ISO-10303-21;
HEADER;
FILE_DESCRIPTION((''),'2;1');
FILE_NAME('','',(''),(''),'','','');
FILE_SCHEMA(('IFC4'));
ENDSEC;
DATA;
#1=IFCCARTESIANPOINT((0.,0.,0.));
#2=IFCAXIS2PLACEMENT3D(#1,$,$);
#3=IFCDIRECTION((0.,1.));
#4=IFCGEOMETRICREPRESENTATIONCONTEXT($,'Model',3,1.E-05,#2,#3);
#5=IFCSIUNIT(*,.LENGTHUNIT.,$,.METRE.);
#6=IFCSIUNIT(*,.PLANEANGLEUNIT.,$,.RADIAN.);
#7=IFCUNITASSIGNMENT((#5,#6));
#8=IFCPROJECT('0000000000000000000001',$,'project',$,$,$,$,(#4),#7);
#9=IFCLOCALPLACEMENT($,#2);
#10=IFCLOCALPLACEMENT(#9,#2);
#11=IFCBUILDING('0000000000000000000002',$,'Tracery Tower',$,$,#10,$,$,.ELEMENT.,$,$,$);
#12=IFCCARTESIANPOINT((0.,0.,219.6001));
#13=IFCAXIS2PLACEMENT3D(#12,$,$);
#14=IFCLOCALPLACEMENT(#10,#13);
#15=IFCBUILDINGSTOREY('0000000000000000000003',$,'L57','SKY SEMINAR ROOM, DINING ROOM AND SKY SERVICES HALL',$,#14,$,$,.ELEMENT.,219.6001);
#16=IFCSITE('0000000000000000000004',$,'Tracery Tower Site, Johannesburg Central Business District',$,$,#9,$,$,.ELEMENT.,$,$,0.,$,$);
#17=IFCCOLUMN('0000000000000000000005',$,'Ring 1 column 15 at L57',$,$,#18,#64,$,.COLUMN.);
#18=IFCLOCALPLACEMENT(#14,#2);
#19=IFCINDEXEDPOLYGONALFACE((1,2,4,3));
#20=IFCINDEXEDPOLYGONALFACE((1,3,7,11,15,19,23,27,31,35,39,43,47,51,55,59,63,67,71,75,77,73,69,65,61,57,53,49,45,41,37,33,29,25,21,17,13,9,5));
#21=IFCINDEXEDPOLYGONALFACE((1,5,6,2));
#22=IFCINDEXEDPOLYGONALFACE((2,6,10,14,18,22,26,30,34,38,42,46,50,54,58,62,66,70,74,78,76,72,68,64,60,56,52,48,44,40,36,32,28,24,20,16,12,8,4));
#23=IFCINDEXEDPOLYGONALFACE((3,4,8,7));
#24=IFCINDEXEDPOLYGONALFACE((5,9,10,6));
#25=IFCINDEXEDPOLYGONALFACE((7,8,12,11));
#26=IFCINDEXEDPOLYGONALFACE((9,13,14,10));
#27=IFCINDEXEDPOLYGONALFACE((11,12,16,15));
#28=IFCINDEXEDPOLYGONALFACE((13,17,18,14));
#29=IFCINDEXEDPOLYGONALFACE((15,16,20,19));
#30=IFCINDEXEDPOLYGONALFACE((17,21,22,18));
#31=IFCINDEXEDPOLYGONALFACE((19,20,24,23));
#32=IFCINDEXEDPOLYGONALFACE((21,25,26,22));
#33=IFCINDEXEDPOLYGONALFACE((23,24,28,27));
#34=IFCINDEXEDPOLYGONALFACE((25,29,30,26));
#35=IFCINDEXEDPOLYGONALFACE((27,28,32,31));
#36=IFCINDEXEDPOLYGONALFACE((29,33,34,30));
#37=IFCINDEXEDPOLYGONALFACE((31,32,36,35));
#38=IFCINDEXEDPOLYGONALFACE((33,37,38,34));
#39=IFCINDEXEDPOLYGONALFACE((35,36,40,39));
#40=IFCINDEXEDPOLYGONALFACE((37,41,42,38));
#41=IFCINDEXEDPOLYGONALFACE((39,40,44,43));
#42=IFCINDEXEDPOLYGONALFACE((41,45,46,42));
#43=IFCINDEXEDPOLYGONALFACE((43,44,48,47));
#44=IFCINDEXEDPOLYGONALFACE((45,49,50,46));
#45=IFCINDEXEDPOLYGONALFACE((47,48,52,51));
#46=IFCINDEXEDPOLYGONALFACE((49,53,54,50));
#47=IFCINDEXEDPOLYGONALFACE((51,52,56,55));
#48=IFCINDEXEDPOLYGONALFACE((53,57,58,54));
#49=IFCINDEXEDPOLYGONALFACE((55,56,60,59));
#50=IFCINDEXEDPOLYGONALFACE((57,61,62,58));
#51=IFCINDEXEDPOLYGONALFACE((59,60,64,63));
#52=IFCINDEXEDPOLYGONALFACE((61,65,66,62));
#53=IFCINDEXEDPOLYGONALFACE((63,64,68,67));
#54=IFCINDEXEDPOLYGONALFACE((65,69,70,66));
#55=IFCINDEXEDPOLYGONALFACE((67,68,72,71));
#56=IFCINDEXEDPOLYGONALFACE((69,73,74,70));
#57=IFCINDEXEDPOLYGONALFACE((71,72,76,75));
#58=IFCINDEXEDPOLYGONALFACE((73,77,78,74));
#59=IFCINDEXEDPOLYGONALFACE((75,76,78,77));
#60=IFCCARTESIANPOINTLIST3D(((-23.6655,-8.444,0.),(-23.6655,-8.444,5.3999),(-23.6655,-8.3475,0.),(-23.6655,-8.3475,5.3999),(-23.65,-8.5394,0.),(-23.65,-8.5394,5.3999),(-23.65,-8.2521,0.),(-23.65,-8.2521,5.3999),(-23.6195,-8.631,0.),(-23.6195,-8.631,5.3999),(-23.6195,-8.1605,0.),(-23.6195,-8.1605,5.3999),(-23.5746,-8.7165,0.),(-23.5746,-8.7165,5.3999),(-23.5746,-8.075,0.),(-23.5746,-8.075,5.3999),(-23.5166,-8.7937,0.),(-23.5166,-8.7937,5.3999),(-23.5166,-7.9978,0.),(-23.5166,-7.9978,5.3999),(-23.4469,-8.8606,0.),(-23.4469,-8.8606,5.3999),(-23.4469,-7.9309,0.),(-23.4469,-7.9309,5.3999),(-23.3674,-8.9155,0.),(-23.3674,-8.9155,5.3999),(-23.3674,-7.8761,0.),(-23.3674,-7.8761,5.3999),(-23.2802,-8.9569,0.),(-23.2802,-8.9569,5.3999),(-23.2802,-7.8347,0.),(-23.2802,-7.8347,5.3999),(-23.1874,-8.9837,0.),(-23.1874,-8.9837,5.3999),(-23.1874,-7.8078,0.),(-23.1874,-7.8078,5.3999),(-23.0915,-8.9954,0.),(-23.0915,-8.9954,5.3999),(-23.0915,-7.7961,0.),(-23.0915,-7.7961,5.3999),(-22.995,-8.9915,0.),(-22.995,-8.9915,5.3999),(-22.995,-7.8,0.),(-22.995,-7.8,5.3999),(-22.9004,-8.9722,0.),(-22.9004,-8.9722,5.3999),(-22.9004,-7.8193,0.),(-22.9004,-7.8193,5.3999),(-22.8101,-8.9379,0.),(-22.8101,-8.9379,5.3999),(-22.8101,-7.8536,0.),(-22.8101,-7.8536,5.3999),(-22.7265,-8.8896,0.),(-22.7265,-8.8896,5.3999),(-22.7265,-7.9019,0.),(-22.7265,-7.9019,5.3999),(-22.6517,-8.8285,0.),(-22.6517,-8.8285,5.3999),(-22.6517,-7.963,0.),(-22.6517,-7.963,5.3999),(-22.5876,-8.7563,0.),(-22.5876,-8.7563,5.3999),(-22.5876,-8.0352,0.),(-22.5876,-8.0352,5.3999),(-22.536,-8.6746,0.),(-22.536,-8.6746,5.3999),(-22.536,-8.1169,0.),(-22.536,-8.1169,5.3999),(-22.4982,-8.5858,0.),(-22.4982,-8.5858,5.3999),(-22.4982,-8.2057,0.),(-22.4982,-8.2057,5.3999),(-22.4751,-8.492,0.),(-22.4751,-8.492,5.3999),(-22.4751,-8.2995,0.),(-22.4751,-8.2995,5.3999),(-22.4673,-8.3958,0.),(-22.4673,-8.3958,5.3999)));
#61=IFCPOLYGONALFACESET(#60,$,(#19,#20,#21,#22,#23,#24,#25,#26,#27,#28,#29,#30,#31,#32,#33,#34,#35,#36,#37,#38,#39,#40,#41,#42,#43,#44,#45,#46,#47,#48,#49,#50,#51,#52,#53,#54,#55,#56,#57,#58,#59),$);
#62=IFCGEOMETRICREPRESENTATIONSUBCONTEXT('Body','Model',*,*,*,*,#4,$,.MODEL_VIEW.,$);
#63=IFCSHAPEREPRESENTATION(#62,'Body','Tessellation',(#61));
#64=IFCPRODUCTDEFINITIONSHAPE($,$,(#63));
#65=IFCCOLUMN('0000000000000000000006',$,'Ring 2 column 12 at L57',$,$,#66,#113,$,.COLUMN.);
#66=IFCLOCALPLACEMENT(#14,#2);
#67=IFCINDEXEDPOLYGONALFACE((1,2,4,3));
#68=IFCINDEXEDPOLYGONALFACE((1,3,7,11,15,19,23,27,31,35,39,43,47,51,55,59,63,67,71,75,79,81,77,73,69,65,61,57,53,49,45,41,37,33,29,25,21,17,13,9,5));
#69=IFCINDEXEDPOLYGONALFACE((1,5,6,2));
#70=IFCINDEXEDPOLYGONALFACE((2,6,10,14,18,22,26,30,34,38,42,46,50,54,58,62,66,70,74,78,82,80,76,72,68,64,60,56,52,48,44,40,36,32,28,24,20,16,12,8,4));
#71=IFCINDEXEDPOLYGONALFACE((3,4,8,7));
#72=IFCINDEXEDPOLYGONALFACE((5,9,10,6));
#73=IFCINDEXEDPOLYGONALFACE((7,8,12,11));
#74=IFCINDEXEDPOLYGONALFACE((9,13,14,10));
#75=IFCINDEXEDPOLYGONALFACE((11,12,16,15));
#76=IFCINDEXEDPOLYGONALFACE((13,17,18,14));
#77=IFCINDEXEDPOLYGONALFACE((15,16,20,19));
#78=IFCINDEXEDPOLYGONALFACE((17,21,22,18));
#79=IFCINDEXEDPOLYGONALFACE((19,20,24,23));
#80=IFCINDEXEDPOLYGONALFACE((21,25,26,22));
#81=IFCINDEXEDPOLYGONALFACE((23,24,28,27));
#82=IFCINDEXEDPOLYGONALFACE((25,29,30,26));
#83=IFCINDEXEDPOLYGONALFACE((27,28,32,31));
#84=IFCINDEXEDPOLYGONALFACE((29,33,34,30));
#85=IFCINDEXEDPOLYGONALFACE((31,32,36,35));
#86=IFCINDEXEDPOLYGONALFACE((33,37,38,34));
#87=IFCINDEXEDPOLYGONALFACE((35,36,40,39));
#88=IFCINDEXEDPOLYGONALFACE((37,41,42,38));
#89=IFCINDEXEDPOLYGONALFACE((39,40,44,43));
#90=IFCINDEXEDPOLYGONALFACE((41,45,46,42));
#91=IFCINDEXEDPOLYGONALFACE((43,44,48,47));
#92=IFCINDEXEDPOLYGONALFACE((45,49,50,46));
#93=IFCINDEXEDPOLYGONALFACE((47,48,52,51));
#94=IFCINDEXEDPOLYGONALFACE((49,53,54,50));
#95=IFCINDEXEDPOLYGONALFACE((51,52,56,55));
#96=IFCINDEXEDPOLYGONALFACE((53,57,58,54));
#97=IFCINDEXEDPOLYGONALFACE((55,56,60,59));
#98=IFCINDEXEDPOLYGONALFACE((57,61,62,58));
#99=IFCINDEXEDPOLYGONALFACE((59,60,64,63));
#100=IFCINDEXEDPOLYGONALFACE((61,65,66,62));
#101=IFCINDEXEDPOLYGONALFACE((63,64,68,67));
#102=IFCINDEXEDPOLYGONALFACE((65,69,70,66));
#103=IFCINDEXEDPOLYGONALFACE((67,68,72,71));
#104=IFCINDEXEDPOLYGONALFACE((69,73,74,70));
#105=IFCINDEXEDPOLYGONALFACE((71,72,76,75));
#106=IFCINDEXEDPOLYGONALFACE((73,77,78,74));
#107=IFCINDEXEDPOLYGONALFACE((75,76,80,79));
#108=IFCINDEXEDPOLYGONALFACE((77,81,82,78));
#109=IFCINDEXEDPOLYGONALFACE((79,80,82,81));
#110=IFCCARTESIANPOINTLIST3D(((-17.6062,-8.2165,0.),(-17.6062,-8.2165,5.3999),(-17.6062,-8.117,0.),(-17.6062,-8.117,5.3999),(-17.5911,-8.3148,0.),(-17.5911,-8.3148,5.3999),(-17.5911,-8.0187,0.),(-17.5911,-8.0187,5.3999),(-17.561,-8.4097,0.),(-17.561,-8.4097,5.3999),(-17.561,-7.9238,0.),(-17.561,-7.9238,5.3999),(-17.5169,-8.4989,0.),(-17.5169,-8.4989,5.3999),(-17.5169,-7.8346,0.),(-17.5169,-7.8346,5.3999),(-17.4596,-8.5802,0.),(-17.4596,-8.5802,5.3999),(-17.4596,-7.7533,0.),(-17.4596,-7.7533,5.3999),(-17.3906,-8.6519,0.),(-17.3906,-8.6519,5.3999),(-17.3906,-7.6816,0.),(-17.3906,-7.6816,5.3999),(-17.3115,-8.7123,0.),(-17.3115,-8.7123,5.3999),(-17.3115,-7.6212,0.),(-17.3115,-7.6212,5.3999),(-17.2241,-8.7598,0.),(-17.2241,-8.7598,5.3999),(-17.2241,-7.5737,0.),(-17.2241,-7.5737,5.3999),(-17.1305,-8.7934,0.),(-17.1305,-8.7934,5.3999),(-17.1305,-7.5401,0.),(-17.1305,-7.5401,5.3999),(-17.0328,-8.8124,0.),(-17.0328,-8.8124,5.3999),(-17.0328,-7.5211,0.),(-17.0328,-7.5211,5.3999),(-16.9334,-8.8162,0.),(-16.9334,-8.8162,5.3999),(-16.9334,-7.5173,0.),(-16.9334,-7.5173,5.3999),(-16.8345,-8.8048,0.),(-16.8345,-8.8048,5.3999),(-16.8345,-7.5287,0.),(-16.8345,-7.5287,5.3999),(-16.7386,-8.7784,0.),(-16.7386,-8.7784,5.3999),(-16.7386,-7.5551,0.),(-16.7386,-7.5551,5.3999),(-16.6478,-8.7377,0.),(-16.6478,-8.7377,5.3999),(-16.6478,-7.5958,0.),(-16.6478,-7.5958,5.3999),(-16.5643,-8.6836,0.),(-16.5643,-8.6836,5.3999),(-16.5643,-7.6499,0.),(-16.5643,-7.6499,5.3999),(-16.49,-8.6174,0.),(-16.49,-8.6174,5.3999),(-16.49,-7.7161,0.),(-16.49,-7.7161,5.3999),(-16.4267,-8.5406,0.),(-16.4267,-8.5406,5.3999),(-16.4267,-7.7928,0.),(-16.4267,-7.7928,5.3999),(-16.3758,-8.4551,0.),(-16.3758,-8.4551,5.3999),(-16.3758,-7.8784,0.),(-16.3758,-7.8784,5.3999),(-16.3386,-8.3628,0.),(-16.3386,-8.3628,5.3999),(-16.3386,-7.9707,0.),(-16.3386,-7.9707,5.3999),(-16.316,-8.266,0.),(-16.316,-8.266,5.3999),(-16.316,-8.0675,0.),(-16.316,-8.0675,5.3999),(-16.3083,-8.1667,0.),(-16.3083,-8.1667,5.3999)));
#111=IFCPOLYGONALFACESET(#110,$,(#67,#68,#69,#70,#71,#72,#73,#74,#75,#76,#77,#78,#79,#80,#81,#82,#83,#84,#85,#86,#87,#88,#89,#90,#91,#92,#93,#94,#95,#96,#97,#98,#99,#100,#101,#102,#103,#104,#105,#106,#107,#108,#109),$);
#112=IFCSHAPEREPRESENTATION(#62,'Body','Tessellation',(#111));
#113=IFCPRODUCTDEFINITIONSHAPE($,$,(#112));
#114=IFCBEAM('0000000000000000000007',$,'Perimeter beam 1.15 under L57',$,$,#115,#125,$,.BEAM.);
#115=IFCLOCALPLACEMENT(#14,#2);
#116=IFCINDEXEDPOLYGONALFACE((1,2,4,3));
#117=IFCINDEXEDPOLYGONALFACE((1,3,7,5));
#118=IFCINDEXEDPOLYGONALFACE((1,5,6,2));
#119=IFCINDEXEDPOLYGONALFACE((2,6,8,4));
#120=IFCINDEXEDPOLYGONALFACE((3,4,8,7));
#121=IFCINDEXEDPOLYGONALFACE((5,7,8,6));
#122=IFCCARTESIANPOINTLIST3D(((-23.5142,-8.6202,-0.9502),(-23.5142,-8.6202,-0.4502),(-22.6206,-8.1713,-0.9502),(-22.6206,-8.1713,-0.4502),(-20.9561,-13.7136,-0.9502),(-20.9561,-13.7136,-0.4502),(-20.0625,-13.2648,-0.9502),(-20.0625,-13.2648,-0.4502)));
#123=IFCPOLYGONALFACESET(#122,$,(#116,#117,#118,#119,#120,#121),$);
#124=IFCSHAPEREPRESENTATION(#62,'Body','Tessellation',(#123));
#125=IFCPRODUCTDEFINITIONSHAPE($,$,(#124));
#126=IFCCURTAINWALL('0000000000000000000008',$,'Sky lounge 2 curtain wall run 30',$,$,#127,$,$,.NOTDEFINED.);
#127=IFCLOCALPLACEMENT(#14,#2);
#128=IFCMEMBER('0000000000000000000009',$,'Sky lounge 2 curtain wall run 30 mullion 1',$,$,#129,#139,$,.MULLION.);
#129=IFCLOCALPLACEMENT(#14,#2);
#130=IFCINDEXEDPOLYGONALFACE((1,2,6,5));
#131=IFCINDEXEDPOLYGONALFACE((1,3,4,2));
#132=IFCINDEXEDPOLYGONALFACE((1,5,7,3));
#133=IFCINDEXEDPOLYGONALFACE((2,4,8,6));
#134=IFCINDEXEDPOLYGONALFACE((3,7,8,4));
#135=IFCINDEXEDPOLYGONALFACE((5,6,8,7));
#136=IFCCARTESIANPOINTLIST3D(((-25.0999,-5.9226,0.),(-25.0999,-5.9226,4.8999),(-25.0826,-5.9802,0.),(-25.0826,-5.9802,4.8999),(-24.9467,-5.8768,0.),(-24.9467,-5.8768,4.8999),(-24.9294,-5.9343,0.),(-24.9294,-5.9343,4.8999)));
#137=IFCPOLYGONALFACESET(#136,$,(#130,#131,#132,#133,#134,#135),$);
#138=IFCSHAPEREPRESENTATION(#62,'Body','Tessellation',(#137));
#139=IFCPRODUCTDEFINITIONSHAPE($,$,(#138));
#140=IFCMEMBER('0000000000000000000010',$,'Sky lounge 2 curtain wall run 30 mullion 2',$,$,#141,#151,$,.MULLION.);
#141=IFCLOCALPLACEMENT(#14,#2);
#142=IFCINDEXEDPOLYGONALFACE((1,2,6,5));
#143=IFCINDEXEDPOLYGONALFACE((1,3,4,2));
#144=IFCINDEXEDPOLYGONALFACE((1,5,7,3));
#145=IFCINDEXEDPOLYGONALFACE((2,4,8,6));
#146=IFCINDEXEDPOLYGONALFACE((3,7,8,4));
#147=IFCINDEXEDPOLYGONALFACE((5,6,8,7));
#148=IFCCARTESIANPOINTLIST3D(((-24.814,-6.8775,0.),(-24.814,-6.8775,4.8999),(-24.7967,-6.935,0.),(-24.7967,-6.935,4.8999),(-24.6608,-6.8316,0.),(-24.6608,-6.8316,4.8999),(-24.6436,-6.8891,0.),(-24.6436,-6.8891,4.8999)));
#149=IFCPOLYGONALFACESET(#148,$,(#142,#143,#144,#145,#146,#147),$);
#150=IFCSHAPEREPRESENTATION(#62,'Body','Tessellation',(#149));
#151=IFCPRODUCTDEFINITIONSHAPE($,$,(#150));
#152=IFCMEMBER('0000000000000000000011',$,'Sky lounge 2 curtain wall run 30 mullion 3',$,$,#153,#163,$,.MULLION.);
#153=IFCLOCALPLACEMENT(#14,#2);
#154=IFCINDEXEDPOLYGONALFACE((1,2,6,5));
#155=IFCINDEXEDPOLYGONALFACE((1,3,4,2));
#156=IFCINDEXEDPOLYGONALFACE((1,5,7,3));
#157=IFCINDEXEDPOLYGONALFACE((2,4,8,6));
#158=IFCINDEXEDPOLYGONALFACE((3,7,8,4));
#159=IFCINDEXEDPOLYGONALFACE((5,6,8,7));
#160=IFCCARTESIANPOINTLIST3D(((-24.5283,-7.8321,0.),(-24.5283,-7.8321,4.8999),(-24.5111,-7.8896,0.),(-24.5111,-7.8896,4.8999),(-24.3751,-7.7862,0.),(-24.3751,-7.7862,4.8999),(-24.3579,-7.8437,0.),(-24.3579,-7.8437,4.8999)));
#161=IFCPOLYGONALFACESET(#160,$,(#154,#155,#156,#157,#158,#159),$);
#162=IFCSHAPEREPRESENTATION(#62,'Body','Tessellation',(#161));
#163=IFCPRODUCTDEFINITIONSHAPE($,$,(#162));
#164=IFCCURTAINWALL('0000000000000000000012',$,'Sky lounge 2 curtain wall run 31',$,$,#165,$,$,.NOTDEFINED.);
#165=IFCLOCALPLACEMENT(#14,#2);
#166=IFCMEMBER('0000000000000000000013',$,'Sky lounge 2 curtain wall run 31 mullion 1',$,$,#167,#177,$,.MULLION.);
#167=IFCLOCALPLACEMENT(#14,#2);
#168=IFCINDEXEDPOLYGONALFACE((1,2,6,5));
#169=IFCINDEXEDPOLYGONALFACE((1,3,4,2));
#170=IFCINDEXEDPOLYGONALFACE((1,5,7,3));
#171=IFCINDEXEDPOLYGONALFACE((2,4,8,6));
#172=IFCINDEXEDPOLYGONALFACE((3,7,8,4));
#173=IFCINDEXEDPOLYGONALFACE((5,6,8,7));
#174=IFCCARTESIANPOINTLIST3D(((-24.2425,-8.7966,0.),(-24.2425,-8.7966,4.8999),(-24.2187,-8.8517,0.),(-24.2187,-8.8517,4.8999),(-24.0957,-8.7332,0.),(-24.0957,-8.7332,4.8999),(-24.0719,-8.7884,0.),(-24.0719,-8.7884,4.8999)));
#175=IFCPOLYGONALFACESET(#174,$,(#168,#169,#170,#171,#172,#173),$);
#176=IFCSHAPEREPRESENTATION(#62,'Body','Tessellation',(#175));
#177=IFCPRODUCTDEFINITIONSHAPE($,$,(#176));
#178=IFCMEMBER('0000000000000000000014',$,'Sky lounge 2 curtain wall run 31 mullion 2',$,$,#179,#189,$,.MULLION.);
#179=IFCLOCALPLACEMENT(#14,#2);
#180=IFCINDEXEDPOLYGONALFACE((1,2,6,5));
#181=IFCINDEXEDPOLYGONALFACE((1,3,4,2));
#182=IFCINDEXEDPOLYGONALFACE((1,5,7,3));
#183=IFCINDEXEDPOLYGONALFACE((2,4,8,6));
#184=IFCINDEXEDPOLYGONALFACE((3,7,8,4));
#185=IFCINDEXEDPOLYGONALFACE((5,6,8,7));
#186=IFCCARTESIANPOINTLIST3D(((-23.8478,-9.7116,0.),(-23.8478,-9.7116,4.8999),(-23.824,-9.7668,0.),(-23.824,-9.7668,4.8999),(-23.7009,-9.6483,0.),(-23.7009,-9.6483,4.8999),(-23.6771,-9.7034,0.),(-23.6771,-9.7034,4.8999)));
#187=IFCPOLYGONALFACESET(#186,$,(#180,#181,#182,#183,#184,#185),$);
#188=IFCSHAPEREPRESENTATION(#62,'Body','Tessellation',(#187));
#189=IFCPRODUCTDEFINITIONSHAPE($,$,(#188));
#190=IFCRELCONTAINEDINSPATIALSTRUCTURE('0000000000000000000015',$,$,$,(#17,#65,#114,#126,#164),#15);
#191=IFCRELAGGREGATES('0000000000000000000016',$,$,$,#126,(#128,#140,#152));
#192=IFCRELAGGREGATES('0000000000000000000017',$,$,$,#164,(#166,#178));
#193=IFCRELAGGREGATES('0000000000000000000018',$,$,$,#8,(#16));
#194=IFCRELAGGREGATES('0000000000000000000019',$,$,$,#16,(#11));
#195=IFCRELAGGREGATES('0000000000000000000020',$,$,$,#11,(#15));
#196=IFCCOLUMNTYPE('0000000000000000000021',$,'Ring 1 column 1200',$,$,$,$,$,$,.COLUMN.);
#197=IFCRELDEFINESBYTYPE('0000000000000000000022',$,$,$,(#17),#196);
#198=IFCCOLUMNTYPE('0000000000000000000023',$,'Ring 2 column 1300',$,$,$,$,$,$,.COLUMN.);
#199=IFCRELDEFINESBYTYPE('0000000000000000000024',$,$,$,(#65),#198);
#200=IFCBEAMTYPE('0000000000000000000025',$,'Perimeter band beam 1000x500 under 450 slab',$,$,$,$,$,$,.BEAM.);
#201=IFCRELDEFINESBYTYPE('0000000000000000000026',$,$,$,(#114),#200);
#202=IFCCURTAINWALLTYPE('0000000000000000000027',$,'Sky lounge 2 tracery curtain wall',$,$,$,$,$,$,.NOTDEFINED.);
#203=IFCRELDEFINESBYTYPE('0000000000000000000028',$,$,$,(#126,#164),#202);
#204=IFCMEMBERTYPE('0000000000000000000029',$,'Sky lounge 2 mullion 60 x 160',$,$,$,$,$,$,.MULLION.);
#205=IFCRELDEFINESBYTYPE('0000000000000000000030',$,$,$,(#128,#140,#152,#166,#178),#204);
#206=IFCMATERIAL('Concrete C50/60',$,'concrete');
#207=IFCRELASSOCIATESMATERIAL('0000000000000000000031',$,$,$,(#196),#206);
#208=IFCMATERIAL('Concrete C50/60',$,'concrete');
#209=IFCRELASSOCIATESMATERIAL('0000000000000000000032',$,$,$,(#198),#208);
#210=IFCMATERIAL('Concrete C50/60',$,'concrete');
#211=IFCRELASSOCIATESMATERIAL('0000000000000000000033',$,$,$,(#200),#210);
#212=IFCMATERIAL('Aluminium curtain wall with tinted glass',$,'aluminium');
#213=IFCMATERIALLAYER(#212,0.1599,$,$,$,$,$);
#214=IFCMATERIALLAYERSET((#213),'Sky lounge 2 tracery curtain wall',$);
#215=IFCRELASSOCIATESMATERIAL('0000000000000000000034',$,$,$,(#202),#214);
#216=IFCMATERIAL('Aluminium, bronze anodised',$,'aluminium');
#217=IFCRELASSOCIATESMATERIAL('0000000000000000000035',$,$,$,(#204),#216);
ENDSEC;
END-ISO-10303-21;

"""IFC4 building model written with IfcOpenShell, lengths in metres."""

from ifc_helpers import new_model, si_unit, direction, frame, origin, origin_2d, place, context, subcontext, project, spatial, rectangle, circle, extrude, material, layer, layer_set, material_profile, profile_set, type_object, element, aggregate, save


model = new_model("IFC4")

# Units and contexts
model_context = context("Model", 3, precision=1e-05, world=origin(), true_north=direction((0.0, 1.0)))
body_context = subcontext(model_context, "Body", "Model", "MODEL_VIEW")
ifc_project = project(units=[si_unit("LENGTHUNIT", "METRE"), si_unit("PLANEANGLEUNIT", "RADIAN")], contexts=[model_context])

# Site, building, storey
site_placement = place(None, origin())
site = spatial("IfcSite", under=ifc_project, at=site_placement, Name="Tracery Tower Site, Johannesburg Central Business District", CompositionType="ELEMENT", RefElevation=0.0)
building_placement = place(site_placement, origin())
building = spatial("IfcBuilding", under=site, at=building_placement, Name="Tracery Tower", CompositionType="ELEMENT")
storey_placement = place(building_placement, frame((0.0, 0.0, 219.6001)))
storey = spatial("IfcBuildingStorey", under=building, at=storey_placement, Name="L57", Description="SKY SEMINAR ROOM, DINING ROOM AND SKY SERVICES HALL", CompositionType="ELEMENT", Elevation=219.6001)

# Columns
ifc_material_1 = material(Name="Concrete C50/60", Category="concrete")
ifc_material_profile_1 = material_profile(ifc_material_1, circle(Radius=0.6001, at=origin_2d()), Name="RC D1200")
ifc_profile_set_1 = profile_set([ifc_material_profile_1], Name="Concrete C50/60")
column_type_1 = type_object("IfcColumnType", Name="Ring 1 column 1200", PredefinedType="COLUMN", material=ifc_profile_set_1)
column_1_placement = place(storey_placement, frame((-23.0674, -8.3958, 0.0), z_axis=(0.0, 0.0, 1.0), x_axis=(1.0, 0.0, 0.0)))
element("IfcColumn", 1, at=column_1_placement, inside=storey, type_object=column_type_1, Name="Ring 1 column 15 at L57", PredefinedType="COLUMN", context=body_context, shape_type="SweptSolid", body=[
    extrude(circle(Radius=0.6001, at=origin_2d()), origin(), (0.0, 0.0, 1.0), 5.3999),
])
ifc_material_2 = material(Name="Concrete C50/60", Category="concrete")
ifc_material_profile_2 = material_profile(ifc_material_2, circle(Radius=0.6499, at=origin_2d()), Name="RC D1300")
ifc_profile_set_2 = profile_set([ifc_material_profile_2], Name="Concrete C50/60")
column_type_2 = type_object("IfcColumnType", Name="Ring 2 column 1300", PredefinedType="COLUMN", material=ifc_profile_set_2)
column_2_placement = place(storey_placement, frame((-16.9583, -8.1667, 0.0), z_axis=(0.0, 0.0, 1.0), x_axis=(1.0, 0.0, 0.0)))
element("IfcColumn", 2, at=column_2_placement, inside=storey, type_object=column_type_2, Name="Ring 2 column 12 at L57", PredefinedType="COLUMN", context=body_context, shape_type="SweptSolid", body=[
    extrude(circle(Radius=0.6499, at=origin_2d()), origin(), (0.0, 0.0, 1.0), 5.3999),
])

# Beam
ifc_material_3 = material(Name="Concrete C50/60", Category="concrete")
ifc_material_profile_3 = material_profile(ifc_material_3, rectangle(XDim=1.0, YDim=0.5, at=origin_2d()), Name="RC 1000x500")
ifc_profile_set_3 = profile_set([ifc_material_profile_3], Name="Concrete C50/60")
beam_type = type_object("IfcBeamType", Name="Perimeter band beam 1000x500 under 450 slab", PredefinedType="BEAM", material=ifc_profile_set_3)
beam_placement = place(storey_placement, frame((-23.0674, -8.3958, -0.7002), z_axis=(0.448806, -0.893629, 0.0), x_axis=(0.893629, 0.448806, 0.0)))
element("IfcBeam", 3, at=beam_placement, inside=storey, type_object=beam_type, Name="Perimeter beam 1.15 under L57", PredefinedType="BEAM", context=body_context, shape_type="SweptSolid", body=[
    extrude(rectangle(XDim=1.0, YDim=0.5, at=origin_2d()), origin(), (0.0, 0.0, 1.0), 5.6997),
])

# Curtain walls, members
ifc_material_4 = material(Name="Aluminium curtain wall with tinted glass", Category="aluminium")
ifc_layer_1 = layer(ifc_material_4, 0.1599)
ifc_layer_set_1 = layer_set([ifc_layer_1], Name="Sky lounge 2 tracery curtain wall")
curtain_wall_type = type_object("IfcCurtainWallType", Name="Sky lounge 2 tracery curtain wall", PredefinedType="NOTDEFINED", material=ifc_layer_set_1)
curtain_wall_1_placement = place(storey_placement, origin())
curtain_wall_1 = element("IfcCurtainWall", 4, at=curtain_wall_1_placement, inside=storey, type_object=curtain_wall_type, Name="Sky lounge 2 curtain wall run 30", PredefinedType="NOTDEFINED")
ifc_material_5 = material(Name="Aluminium, bronze anodised", Category="aluminium")
ifc_material_profile_4 = material_profile(ifc_material_5, rectangle(XDim=0.1599, YDim=0.0601, at=origin_2d()), Name="AL 60x160")
ifc_profile_set_4 = profile_set([ifc_material_profile_4], Name="Aluminium, bronze anodised")
member_type_1 = type_object("IfcMemberType", Name="Sky lounge 2 mullion 60 x 160", PredefinedType="MULLION", material=ifc_profile_set_4)
member_1_placement = place(storey_placement, frame((-25.0146, -5.9285, 0.0), z_axis=(0.0, 0.0, 1.0), x_axis=(0.95799, 0.286803, 0.0)))
member_1 = element("IfcMember", 5, at=member_1_placement, type_object=member_type_1, Name="Sky lounge 2 curtain wall run 30 mullion 1", PredefinedType="MULLION", context=body_context, shape_type="SweptSolid", body=[
    extrude(rectangle(XDim=0.1599, YDim=0.0601, at=origin_2d()), origin(), (0.0, 0.0, 1.0), 4.8999),
])
member_2_placement = place(storey_placement, frame((-24.7288, -6.8833, 0.0), z_axis=(0.0, 0.0, 1.0), x_axis=(0.95799, 0.286803, 0.0)))
member_2 = element("IfcMember", 6, at=member_2_placement, type_object=member_type_1, Name="Sky lounge 2 curtain wall run 30 mullion 2", PredefinedType="MULLION", context=body_context, shape_type="SweptSolid", body=[
    extrude(rectangle(XDim=0.1599, YDim=0.0601, at=origin_2d()), origin(), (0.0, 0.0, 1.0), 4.8999),
])
member_3_placement = place(storey_placement, frame((-24.4431, -7.8379, 0.0), z_axis=(0.0, 0.0, 1.0), x_axis=(0.95799, 0.286803, 0.0)))
member_3 = element("IfcMember", 7, at=member_3_placement, type_object=member_type_1, Name="Sky lounge 2 curtain wall run 30 mullion 3", PredefinedType="MULLION", context=body_context, shape_type="SweptSolid", body=[
    extrude(rectangle(XDim=0.1599, YDim=0.0601, at=origin_2d()), origin(), (0.0, 0.0, 1.0), 4.8999),
])
curtain_wall_2_placement = place(storey_placement, origin())
curtain_wall_2 = element("IfcCurtainWall", 8, at=curtain_wall_2_placement, inside=storey, type_object=curtain_wall_type, Name="Sky lounge 2 curtain wall run 31", PredefinedType="NOTDEFINED")
member_4_placement = place(storey_placement, frame((-24.1572, -8.7925, 0.0), z_axis=(0.0, 0.0, 1.0), x_axis=(0.918216, 0.39608, 0.0)))
member_4 = element("IfcMember", 9, at=member_4_placement, type_object=member_type_1, Name="Sky lounge 2 curtain wall run 31 mullion 1", PredefinedType="MULLION", context=body_context, shape_type="SweptSolid", body=[
    extrude(rectangle(XDim=0.1599, YDim=0.0601, at=origin_2d()), origin(), (0.0, 0.0, 1.0), 4.8999),
])
member_5_placement = place(storey_placement, frame((-23.7625, -9.7075, 0.0), z_axis=(0.0, 0.0, 1.0), x_axis=(0.918216, 0.39608, 0.0)))
member_5 = element("IfcMember", 10, at=member_5_placement, type_object=member_type_1, Name="Sky lounge 2 curtain wall run 31 mullion 2", PredefinedType="MULLION", context=body_context, shape_type="SweptSolid", body=[
    extrude(rectangle(XDim=0.1599, YDim=0.0601, at=origin_2d()), origin(), (0.0, 0.0, 1.0), 4.8999),
])

aggregate(curtain_wall_1, [member_1, member_2, member_3])
aggregate(curtain_wall_2, [member_4, member_5])

save(model, "model.ifc")
